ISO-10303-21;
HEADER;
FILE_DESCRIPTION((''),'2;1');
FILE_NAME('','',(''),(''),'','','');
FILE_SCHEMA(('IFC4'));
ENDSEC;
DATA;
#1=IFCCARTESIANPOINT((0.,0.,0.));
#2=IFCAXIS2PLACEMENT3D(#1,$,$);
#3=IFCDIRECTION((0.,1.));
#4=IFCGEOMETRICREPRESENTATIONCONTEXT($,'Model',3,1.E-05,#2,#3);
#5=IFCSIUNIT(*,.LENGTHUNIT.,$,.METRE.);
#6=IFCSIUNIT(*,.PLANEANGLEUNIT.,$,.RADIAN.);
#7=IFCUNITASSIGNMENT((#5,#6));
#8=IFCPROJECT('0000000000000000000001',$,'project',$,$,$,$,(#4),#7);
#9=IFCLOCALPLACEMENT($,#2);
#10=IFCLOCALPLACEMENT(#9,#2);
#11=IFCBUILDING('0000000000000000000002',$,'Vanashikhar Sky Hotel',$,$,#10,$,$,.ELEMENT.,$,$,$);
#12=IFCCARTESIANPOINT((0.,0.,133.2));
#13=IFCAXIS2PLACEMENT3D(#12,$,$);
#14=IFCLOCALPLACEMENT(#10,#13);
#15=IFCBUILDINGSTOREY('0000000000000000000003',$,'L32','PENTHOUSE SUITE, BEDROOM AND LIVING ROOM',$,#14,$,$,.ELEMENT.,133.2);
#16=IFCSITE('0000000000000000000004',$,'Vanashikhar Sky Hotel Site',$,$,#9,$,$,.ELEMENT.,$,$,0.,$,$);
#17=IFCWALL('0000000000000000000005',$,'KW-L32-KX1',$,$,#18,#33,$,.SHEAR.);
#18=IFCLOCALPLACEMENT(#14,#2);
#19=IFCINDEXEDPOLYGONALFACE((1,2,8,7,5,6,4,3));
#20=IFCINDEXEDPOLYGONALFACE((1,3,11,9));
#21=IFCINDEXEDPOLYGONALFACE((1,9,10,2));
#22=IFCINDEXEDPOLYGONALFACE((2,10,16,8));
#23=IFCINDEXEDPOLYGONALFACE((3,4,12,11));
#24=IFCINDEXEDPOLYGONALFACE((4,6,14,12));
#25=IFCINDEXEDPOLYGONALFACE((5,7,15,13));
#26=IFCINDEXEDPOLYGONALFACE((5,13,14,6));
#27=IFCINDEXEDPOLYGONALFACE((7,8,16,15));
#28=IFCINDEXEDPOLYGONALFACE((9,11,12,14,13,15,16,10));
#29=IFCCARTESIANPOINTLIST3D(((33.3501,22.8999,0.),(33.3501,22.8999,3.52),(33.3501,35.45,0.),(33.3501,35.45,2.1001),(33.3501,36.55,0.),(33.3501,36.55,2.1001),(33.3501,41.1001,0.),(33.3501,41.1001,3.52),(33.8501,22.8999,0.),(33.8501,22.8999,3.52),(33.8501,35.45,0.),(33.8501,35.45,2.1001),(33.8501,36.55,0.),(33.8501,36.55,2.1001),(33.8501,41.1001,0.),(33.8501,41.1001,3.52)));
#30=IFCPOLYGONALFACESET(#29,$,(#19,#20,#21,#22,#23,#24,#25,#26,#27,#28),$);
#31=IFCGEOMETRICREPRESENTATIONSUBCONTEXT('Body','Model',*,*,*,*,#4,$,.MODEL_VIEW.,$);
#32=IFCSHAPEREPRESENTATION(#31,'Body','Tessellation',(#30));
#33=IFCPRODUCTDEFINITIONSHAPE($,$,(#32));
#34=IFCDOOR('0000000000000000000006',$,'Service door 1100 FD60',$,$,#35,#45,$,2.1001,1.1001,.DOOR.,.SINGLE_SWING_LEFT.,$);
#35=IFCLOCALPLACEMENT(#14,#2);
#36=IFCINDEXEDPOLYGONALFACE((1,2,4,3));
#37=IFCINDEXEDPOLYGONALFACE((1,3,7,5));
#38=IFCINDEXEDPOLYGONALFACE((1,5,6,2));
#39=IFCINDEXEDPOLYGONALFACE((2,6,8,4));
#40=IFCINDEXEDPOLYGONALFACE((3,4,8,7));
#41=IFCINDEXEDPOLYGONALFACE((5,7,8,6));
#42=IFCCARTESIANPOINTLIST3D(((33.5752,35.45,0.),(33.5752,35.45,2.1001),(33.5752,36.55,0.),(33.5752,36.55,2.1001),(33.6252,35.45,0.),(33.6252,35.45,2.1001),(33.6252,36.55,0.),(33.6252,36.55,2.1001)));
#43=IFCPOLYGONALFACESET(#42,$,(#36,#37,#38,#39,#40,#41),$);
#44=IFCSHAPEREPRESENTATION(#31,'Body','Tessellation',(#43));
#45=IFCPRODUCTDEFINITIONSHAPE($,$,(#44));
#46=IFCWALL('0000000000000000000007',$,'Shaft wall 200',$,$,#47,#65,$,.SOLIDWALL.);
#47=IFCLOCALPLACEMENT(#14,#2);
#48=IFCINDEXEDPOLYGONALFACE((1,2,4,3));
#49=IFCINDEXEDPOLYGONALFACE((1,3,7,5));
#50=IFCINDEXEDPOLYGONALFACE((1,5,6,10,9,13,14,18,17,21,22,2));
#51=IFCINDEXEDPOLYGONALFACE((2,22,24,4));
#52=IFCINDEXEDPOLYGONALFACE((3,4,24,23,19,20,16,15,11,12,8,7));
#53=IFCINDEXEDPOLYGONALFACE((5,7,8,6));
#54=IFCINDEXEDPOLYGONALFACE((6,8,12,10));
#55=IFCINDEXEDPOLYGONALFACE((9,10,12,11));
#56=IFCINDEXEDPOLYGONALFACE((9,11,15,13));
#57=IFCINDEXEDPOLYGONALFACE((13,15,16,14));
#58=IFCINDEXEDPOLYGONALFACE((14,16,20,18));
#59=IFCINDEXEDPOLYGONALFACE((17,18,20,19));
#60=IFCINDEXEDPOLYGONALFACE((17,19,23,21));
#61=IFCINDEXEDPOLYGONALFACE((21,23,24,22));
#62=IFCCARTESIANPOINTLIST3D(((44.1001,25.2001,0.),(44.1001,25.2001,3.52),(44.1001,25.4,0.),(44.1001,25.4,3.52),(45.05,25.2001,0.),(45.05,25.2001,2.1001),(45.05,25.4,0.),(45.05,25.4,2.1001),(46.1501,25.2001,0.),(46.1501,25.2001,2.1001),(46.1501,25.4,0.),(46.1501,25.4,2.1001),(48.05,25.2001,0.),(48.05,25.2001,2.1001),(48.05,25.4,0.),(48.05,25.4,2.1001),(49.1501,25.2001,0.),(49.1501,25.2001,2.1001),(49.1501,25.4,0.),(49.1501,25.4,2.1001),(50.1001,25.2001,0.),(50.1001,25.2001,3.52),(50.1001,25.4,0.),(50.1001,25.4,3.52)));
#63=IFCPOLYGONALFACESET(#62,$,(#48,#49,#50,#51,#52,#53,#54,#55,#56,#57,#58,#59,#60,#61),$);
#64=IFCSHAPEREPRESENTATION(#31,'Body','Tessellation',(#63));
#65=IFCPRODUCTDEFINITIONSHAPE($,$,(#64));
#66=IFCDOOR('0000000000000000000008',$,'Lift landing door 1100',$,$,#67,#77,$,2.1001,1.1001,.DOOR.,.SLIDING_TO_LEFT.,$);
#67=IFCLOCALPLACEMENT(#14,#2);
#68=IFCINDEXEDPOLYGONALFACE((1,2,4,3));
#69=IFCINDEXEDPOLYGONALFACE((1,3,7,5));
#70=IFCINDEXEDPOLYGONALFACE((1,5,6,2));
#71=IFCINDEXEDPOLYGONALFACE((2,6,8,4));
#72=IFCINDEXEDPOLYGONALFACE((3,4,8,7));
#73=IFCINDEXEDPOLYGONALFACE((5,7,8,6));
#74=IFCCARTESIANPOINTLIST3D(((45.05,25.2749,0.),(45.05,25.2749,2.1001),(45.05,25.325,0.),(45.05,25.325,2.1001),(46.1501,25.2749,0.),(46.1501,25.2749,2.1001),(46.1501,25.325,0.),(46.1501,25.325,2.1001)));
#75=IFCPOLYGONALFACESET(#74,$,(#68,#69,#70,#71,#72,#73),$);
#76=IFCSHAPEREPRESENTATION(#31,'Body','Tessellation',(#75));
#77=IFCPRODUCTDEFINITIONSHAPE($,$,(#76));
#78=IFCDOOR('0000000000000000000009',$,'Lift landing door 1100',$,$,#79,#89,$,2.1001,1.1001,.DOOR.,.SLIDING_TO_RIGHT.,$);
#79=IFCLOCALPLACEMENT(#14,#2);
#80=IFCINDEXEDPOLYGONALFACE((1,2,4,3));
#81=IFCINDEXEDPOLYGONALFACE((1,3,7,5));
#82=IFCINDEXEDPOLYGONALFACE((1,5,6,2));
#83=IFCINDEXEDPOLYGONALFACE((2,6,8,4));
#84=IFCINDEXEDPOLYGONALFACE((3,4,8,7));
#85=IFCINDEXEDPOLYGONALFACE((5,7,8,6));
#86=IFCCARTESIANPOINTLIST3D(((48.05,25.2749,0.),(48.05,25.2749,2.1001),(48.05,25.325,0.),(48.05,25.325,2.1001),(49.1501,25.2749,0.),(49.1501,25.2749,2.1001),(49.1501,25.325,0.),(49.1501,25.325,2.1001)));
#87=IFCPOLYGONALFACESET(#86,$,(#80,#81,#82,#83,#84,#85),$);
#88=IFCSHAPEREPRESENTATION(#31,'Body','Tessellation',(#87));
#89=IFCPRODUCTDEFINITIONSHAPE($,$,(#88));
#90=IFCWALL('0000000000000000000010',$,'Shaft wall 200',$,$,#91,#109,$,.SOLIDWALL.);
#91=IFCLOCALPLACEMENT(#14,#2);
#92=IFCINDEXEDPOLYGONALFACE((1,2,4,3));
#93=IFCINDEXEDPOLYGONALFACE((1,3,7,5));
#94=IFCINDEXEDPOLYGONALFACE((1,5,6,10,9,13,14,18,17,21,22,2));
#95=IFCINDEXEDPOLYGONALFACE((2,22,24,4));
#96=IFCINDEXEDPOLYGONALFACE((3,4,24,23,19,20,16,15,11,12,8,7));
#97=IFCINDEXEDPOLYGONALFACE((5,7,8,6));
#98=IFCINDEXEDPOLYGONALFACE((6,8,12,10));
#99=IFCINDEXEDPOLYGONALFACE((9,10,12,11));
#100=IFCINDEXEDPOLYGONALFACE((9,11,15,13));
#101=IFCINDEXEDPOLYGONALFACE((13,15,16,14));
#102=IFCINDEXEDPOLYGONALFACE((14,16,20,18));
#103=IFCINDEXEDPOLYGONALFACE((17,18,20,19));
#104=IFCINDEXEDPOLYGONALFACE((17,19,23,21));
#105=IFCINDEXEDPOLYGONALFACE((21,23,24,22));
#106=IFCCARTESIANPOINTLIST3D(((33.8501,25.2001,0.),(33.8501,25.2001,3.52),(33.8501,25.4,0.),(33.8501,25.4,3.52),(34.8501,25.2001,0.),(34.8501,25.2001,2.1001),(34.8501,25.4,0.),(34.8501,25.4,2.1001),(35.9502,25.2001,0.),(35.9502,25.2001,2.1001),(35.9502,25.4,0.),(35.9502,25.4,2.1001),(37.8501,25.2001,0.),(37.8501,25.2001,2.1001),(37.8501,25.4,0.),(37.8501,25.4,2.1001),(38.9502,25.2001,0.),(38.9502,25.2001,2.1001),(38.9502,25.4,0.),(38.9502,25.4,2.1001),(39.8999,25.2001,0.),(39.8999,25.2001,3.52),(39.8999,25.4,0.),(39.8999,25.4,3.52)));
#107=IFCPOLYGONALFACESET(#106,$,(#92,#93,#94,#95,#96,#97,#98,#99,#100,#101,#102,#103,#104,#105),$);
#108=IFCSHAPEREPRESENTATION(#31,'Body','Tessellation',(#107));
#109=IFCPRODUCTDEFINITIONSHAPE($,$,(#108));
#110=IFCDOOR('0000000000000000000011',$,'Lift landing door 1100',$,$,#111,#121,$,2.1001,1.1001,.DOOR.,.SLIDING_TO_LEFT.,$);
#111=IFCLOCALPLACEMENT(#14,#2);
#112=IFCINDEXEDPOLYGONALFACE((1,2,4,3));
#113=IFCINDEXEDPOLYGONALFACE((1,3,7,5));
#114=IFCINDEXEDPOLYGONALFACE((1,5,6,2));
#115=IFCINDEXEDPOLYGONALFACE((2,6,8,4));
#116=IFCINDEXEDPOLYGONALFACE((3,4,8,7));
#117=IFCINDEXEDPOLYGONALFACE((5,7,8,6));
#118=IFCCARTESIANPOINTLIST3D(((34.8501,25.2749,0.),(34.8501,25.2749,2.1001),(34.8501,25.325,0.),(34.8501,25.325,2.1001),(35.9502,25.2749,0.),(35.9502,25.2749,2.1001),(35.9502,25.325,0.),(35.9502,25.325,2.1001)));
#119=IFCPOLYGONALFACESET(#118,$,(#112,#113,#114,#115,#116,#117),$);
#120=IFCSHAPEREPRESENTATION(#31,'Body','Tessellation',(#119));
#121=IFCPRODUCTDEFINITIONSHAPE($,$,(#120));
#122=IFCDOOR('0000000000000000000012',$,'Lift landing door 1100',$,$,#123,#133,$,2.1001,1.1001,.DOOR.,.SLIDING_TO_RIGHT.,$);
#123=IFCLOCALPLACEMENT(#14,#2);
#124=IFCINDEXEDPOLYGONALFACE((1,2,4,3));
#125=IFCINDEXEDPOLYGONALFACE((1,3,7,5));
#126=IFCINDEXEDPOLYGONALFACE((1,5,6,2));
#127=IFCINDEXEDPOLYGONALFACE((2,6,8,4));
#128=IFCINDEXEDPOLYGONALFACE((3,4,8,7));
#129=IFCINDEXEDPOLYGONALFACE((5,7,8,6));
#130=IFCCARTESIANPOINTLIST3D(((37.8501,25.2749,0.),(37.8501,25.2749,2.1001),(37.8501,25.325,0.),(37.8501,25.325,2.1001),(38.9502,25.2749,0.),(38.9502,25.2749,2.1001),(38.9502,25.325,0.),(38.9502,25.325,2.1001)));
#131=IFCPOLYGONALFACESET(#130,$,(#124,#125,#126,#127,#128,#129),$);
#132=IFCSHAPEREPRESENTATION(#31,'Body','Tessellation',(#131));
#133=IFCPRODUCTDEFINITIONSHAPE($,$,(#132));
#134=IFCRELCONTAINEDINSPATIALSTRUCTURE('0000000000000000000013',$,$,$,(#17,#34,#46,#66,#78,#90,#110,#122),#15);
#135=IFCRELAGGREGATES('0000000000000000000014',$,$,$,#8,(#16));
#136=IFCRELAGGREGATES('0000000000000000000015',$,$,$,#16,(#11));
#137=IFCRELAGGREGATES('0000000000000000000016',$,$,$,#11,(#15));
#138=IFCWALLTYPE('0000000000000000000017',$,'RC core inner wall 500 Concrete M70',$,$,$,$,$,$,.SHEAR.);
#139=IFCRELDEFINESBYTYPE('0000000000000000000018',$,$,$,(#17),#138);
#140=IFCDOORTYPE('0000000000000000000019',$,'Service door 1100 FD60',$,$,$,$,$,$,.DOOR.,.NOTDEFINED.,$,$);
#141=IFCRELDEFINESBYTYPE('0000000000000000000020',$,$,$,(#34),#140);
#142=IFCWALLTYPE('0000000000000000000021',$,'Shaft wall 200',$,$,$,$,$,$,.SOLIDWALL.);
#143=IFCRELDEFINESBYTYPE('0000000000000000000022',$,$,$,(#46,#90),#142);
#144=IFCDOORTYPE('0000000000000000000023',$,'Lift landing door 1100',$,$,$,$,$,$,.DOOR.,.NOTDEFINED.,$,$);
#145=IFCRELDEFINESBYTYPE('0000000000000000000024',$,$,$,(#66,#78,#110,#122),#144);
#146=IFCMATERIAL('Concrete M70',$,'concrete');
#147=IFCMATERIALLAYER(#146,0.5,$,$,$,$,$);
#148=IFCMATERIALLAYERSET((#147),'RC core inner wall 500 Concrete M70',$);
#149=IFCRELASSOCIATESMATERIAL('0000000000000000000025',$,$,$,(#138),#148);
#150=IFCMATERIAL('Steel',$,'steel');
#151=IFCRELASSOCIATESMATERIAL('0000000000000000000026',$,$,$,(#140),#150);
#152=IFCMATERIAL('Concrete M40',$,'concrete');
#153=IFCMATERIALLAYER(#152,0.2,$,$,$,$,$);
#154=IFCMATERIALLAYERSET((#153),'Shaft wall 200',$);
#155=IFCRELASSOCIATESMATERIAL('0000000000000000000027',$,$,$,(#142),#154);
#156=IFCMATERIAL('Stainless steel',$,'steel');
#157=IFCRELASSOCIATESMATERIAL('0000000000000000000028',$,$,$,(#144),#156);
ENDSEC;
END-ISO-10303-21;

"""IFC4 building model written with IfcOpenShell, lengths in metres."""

from ifc_helpers import new_model, si_unit, direction, frame, frame_2d, origin, place, context, subcontext, project, spatial, rectangle, extrude, source, transform, mapped, material, layer, layer_set, type_object, element, fill, save


model = new_model("IFC4")

# Units and contexts
model_context = context("Model", 3, precision=1e-05, world=origin(), true_north=direction((0.0, 1.0)))
body_context = subcontext(model_context, "Body", "Model", "MODEL_VIEW")
ifc_project = project(units=[si_unit("LENGTHUNIT", "METRE"), si_unit("PLANEANGLEUNIT", "RADIAN")], contexts=[model_context])

# Site, building, storey
site_placement = place(None, origin())
site = spatial("IfcSite", under=ifc_project, at=site_placement, Name="Vanashikhar Sky Hotel Site", CompositionType="ELEMENT", RefElevation=0.0)
building_placement = place(site_placement, origin())
building = spatial("IfcBuilding", under=site, at=building_placement, Name="Vanashikhar Sky Hotel", CompositionType="ELEMENT")
storey_placement = place(building_placement, frame((0.0, 0.0, 133.2)))
storey = spatial("IfcBuildingStorey", under=building, at=storey_placement, Name="L32", Description="PENTHOUSE SUITE, BEDROOM AND LIVING ROOM", CompositionType="ELEMENT", Elevation=133.2)

# Wall, opening, door
ifc_material_1 = material(Name="Concrete M70", Category="concrete")
ifc_layer_1 = layer(ifc_material_1, 0.5)
ifc_layer_set_1 = layer_set([ifc_layer_1], Name="RC core inner wall 500 Concrete M70")
wall_type_1 = type_object("IfcWallType", Name="RC core inner wall 500 Concrete M70", PredefinedType="SHEAR", material=ifc_layer_set_1)
shared_shape_1 = source(origin(), body_context, "Body", "SweptSolid", [
    extrude(rectangle(XDim=18.2002, YDim=0.5, at=frame_2d((9.1001, 0.0))), origin(), (0.0, 0.0, 1.0), 3.52),
])
wall_1_placement = place(storey_placement, frame((33.6001, 22.8999, 0.0), z_axis=(0.0, 0.0, 1.0), x_axis=(0.0, 1.0, 0.0)))
wall_1 = element("IfcWall", 1, at=wall_1_placement, inside=storey, type_object=wall_type_1, Name="KW-L32-KX1", PredefinedType="SHEAR", context=body_context, shape_type="MappedRepresentation", body=[
    mapped(shared_shape_1, transform((0.0, 0.0, 0.0), scale=1.0)),
])
shared_shape_2 = source(origin(), body_context, "Body", "SweptSolid", [
    extrude(rectangle(XDim=1.1001, YDim=2.1001, at=frame_2d((0.55, 1.05))), frame((0.0, 0.26, 0.0), z_axis=(0.0, -1.0, 0.0), x_axis=(1.0, 0.0, 0.0)), (0.0, 0.0, 1.0), 0.52),
])
opening_1_placement = place(wall_1_placement, frame((12.55, 0.0, 0.0)))
opening_1 = element("IfcOpeningElement", 2, at=opening_1_placement, cuts=wall_1, PredefinedType="OPENING", context=body_context, shape_type="MappedRepresentation", body=[
    mapped(shared_shape_2, transform((0.0, 0.0, 0.0), scale=1.0)),
])
ifc_material_2 = material(Name="Steel", Category="steel")
door_type_1 = type_object("IfcDoorType", Name="Service door 1100 FD60", OperationType="NOTDEFINED", PredefinedType="DOOR", material=ifc_material_2)
shared_shape_3 = source(origin(), body_context, "Body", "SweptSolid", [
    extrude(rectangle(XDim=1.1001, YDim=2.1001, at=frame_2d((0.55, 1.05))), frame((0.0, 0.0249, 0.0), z_axis=(0.0, -1.0, 0.0), x_axis=(1.0, 0.0, 0.0)), (0.0, 0.0, 1.0), 0.05),
])
door_1_placement = place(opening_1_placement, origin())
door_1 = element("IfcDoor", 3, at=door_1_placement, inside=storey, type_object=door_type_1, Name="Service door 1100 FD60", OperationType="SINGLE_SWING_LEFT", OverallHeight=2.1001, OverallWidth=1.1001, PredefinedType="DOOR", context=body_context, shape_type="MappedRepresentation", body=[
    mapped(shared_shape_3, transform((0.0, 0.0, 0.0), scale=1.0)),
])
fill(opening_1, door_1)

# Walls, openings, doors
ifc_material_3 = material(Name="Concrete M40", Category="concrete")
ifc_layer_2 = layer(ifc_material_3, 0.2)
ifc_layer_set_2 = layer_set([ifc_layer_2], Name="Shaft wall 200")
wall_type_2 = type_object("IfcWallType", Name="Shaft wall 200", PredefinedType="SOLIDWALL", material=ifc_layer_set_2)
shared_shape_4 = source(origin(), body_context, "Body", "SweptSolid", [
    extrude(rectangle(XDim=6.0, YDim=0.2, at=frame_2d((3.0, 0.0))), origin(), (0.0, 0.0, 1.0), 3.52),
])
wall_2_placement = place(storey_placement, frame((44.1001, 25.3, 0.0), z_axis=(0.0, 0.0, 1.0), x_axis=(1.0, 0.0, 0.0)))
wall_2 = element("IfcWall", 4, at=wall_2_placement, inside=storey, type_object=wall_type_2, Name="Shaft wall 200", PredefinedType="SOLIDWALL", context=body_context, shape_type="MappedRepresentation", body=[
    mapped(shared_shape_4, transform((0.0, 0.0, 0.0), scale=1.0)),
])
shared_shape_5 = source(origin(), body_context, "Body", "SweptSolid", [
    extrude(rectangle(XDim=1.1001, YDim=2.1001, at=frame_2d((0.55, 1.05))), frame((0.0, 0.1099, 0.0), z_axis=(0.0, -1.0, 0.0), x_axis=(1.0, 0.0, 0.0)), (0.0, 0.0, 1.0), 0.22),
])
opening_2_placement = place(wall_2_placement, frame((0.95, 0.0, 0.0)))
opening_2 = element("IfcOpeningElement", 5, at=opening_2_placement, cuts=wall_2, PredefinedType="OPENING", context=body_context, shape_type="MappedRepresentation", body=[
    mapped(shared_shape_5, transform((0.0, 0.0, 0.0), scale=1.0)),
])
opening_3_placement = place(wall_2_placement, frame((3.95, 0.0, 0.0)))
opening_3 = element("IfcOpeningElement", 6, at=opening_3_placement, cuts=wall_2, PredefinedType="OPENING", context=body_context, shape_type="MappedRepresentation", body=[
    mapped(shared_shape_5, transform((0.0, 0.0, 0.0), scale=1.0)),
])
ifc_material_4 = material(Name="Stainless steel", Category="steel")
door_type_2 = type_object("IfcDoorType", Name="Lift landing door 1100", OperationType="NOTDEFINED", PredefinedType="DOOR", material=ifc_material_4)
door_2_placement = place(opening_2_placement, origin())
door_2 = element("IfcDoor", 7, at=door_2_placement, inside=storey, type_object=door_type_2, Name="Lift landing door 1100", OperationType="SLIDING_TO_LEFT", OverallHeight=2.1001, OverallWidth=1.1001, PredefinedType="DOOR", context=body_context, shape_type="MappedRepresentation", body=[
    mapped(shared_shape_3, transform((0.0, 0.0, 0.0), scale=1.0)),
])
fill(opening_2, door_2)
door_3_placement = place(opening_3_placement, origin())
door_3 = element("IfcDoor", 8, at=door_3_placement, inside=storey, type_object=door_type_2, Name="Lift landing door 1100", OperationType="SLIDING_TO_RIGHT", OverallHeight=2.1001, OverallWidth=1.1001, PredefinedType="DOOR", context=body_context, shape_type="MappedRepresentation", body=[
    mapped(shared_shape_3, transform((0.0, 0.0, 0.0), scale=1.0)),
])
fill(opening_3, door_3)
shared_shape_6 = source(origin(), body_context, "Body", "SweptSolid", [
    extrude(rectangle(XDim=6.0498, YDim=0.2, at=frame_2d((3.0249, 0.0))), origin(), (0.0, 0.0, 1.0), 3.52),
])
wall_3_placement = place(storey_placement, frame((33.8501, 25.3, 0.0), z_axis=(0.0, 0.0, 1.0), x_axis=(1.0, 0.0, 0.0)))
wall_3 = element("IfcWall", 9, at=wall_3_placement, inside=storey, type_object=wall_type_2, Name="Shaft wall 200", PredefinedType="SOLIDWALL", context=body_context, shape_type="MappedRepresentation", body=[
    mapped(shared_shape_6, transform((0.0, 0.0, 0.0), scale=1.0)),
])
opening_4_placement = place(wall_3_placement, frame((1.0, 0.0, 0.0)))
opening_4 = element("IfcOpeningElement", 10, at=opening_4_placement, cuts=wall_3, PredefinedType="OPENING", context=body_context, shape_type="MappedRepresentation", body=[
    mapped(shared_shape_5, transform((0.0, 0.0, 0.0), scale=1.0)),
])
opening_5_placement = place(wall_3_placement, frame((4.0, 0.0, 0.0)))
opening_5 = element("IfcOpeningElement", 11, at=opening_5_placement, cuts=wall_3, PredefinedType="OPENING", context=body_context, shape_type="MappedRepresentation", body=[
    mapped(shared_shape_5, transform((0.0, 0.0, 0.0), scale=1.0)),
])
door_4_placement = place(opening_4_placement, origin())
door_4 = element("IfcDoor", 12, at=door_4_placement, inside=storey, type_object=door_type_2, Name="Lift landing door 1100", OperationType="SLIDING_TO_LEFT", OverallHeight=2.1001, OverallWidth=1.1001, PredefinedType="DOOR", context=body_context, shape_type="MappedRepresentation", body=[
    mapped(shared_shape_3, transform((0.0, 0.0, 0.0), scale=1.0)),
])
fill(opening_4, door_4)
door_5_placement = place(opening_5_placement, origin())
door_5 = element("IfcDoor", 13, at=door_5_placement, inside=storey, type_object=door_type_2, Name="Lift landing door 1100", OperationType="SLIDING_TO_RIGHT", OverallHeight=2.1001, OverallWidth=1.1001, PredefinedType="DOOR", context=body_context, shape_type="MappedRepresentation", body=[
    mapped(shared_shape_3, transform((0.0, 0.0, 0.0), scale=1.0)),
])
fill(opening_5, door_5)

save(model, "model.ifc")
